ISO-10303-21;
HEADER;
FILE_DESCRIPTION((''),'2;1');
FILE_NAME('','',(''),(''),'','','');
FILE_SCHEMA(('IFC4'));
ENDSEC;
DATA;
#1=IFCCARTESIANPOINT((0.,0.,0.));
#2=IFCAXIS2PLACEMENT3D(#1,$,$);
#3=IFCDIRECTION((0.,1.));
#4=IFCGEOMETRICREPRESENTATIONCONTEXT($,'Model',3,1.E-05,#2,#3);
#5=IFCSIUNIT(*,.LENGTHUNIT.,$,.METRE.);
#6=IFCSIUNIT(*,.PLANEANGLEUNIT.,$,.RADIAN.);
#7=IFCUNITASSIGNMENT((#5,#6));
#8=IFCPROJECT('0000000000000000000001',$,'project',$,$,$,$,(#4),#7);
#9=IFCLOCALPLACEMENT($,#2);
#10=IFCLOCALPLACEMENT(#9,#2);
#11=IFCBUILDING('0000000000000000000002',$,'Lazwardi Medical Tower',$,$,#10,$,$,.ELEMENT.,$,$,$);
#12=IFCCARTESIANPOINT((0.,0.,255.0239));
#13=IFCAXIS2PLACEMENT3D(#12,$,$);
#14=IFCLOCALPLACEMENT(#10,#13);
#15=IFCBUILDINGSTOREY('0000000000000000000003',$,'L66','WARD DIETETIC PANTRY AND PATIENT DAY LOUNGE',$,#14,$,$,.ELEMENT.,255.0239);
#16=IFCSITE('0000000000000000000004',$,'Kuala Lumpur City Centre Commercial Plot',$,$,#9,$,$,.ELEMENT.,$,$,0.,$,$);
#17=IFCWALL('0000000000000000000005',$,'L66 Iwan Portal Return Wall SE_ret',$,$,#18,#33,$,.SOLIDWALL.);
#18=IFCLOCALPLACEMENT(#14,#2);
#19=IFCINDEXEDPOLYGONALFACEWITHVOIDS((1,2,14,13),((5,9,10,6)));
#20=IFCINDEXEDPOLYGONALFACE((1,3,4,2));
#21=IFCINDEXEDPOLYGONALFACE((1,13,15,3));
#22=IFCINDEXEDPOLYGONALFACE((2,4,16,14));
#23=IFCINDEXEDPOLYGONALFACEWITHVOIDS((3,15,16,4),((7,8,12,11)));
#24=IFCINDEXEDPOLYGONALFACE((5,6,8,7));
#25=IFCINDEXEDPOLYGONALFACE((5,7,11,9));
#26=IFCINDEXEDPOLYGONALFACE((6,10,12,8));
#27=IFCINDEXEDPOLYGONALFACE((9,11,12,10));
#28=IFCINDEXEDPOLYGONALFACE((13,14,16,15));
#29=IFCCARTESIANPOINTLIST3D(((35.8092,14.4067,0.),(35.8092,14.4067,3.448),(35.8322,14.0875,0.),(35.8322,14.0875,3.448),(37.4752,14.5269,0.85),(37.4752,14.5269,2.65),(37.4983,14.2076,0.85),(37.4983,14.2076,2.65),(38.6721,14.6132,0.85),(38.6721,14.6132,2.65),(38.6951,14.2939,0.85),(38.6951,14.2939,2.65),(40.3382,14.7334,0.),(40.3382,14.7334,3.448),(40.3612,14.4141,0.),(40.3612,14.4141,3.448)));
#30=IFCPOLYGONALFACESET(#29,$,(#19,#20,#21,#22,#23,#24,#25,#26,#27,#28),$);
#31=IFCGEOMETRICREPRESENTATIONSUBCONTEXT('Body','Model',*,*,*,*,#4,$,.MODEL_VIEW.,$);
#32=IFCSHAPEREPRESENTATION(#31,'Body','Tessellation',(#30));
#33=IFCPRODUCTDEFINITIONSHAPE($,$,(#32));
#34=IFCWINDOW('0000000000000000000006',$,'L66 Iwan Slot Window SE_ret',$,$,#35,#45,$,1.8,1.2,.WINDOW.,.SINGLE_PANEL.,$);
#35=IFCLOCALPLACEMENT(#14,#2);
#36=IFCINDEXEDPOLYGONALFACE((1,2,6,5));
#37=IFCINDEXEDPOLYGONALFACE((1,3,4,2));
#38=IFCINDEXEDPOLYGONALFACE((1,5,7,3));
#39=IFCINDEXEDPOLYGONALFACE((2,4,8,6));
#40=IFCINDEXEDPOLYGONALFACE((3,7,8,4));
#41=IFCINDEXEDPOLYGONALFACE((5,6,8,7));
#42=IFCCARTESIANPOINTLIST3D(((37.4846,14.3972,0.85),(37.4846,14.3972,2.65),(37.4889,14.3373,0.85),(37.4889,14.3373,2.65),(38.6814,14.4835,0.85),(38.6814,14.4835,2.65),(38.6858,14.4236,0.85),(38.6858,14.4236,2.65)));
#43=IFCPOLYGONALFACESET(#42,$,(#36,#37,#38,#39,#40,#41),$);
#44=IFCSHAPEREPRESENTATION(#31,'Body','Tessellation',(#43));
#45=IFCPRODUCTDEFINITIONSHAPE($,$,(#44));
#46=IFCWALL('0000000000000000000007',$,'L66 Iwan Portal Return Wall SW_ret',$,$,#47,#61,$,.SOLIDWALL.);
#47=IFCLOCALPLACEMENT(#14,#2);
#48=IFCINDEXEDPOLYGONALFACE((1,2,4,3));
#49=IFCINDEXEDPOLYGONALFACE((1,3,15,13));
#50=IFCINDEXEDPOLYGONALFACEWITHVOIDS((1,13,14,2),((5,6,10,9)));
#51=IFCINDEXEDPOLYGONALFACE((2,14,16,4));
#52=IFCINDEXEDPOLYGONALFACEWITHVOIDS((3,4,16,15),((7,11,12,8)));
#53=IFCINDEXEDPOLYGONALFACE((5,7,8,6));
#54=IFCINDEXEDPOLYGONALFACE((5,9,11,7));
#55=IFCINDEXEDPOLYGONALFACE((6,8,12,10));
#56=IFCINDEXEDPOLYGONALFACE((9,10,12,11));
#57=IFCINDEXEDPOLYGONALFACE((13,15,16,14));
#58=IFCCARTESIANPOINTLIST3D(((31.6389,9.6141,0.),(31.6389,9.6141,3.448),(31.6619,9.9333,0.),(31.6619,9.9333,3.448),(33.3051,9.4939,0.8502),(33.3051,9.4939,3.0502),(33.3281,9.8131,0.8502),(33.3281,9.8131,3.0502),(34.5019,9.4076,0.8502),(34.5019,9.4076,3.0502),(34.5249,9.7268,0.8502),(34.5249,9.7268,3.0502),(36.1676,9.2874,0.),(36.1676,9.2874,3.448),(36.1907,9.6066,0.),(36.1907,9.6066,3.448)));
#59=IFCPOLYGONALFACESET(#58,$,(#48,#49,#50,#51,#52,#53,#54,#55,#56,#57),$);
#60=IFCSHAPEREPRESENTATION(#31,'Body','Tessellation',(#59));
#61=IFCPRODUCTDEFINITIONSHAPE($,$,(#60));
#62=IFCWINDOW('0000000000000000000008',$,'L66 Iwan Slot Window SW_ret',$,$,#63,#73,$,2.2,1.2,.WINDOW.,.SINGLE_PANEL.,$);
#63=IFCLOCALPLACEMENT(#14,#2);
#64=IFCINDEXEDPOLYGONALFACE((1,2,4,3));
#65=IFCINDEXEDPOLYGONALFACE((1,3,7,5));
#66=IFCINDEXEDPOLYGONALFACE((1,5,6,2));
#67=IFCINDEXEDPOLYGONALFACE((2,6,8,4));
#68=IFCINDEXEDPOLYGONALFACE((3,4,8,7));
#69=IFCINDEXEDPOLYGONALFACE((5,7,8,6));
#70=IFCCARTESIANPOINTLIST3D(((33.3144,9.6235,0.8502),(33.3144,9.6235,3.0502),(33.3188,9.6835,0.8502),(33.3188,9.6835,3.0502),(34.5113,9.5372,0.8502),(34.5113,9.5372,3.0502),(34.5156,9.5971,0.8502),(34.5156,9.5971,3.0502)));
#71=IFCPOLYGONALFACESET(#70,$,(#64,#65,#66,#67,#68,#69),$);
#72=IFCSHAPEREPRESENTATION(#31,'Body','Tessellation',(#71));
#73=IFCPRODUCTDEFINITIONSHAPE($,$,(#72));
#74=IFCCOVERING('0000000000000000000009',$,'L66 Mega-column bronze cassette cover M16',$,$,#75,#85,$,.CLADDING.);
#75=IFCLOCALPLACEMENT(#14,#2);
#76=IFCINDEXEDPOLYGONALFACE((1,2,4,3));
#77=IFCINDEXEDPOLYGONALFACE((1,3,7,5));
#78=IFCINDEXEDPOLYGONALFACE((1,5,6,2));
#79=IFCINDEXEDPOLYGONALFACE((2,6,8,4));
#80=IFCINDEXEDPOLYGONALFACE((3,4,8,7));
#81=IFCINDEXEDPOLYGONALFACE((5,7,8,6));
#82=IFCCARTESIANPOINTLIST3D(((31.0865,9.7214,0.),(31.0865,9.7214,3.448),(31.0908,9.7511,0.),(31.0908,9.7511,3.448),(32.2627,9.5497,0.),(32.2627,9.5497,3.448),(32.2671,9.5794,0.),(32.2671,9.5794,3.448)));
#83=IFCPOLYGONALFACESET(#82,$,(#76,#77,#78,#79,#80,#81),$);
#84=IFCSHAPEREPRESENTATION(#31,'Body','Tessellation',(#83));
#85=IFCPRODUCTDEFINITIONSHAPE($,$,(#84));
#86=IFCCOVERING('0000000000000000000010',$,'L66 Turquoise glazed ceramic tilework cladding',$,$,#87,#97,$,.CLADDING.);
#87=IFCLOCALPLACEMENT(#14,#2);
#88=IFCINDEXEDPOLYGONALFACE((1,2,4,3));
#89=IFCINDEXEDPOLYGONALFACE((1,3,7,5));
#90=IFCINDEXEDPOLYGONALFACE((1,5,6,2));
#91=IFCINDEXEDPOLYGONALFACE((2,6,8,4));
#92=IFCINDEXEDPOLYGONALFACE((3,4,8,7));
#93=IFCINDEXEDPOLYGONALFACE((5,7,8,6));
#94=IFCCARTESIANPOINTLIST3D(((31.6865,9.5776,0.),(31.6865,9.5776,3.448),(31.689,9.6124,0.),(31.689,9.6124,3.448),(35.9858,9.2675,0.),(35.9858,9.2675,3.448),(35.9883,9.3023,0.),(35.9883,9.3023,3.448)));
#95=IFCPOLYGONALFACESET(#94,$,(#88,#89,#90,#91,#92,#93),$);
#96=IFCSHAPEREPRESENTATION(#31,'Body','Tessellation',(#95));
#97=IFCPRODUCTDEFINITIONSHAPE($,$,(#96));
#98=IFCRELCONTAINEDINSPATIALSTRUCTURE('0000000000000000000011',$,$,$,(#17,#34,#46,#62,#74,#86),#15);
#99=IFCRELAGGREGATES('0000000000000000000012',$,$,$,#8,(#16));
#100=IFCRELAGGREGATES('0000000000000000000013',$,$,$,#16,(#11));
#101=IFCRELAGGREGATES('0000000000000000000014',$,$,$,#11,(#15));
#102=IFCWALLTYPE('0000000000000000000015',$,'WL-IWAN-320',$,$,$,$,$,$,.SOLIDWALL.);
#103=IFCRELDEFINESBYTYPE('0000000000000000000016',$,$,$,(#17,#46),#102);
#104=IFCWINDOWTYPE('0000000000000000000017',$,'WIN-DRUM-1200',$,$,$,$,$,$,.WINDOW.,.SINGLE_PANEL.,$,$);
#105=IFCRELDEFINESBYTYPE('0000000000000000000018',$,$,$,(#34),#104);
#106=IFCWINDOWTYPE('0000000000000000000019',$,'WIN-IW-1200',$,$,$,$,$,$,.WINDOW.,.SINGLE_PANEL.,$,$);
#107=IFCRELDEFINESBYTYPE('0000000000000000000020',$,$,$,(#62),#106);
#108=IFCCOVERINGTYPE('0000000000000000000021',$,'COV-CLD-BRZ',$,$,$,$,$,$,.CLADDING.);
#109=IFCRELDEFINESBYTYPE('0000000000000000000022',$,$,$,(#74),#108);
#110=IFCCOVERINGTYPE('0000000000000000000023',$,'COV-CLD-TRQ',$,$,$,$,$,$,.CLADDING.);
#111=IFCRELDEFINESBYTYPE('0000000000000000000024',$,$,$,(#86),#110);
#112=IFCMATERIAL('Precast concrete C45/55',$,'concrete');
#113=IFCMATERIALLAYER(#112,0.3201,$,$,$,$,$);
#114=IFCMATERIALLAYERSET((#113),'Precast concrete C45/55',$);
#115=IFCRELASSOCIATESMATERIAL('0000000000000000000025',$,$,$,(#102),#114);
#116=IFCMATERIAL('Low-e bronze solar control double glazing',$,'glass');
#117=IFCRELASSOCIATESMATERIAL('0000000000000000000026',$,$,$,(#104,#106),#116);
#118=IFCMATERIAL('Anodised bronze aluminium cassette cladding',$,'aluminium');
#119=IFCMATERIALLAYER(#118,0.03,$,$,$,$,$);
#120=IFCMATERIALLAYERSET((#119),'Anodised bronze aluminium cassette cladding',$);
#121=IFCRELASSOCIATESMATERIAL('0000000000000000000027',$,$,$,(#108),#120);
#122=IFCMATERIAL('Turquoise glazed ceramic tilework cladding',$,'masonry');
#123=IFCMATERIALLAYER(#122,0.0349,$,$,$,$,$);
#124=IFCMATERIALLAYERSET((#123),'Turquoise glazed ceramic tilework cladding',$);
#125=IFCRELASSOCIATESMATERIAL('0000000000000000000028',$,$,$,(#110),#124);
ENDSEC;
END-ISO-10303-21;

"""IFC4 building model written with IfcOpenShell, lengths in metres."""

from ifc_helpers import new_model, si_unit, direction, frame, frame_2d, origin, origin_2d, place, context, subcontext, project, spatial, rectangle, extrude, material, layer, layer_set, type_object, element, fill, save


model = new_model("IFC4")

# Units and contexts
model_context = context("Model", 3, precision=1e-05, world=origin(), true_north=direction((0.0, 1.0)))
body_context = subcontext(model_context, "Body", "Model", "MODEL_VIEW")
ifc_project = project(units=[si_unit("LENGTHUNIT", "METRE"), si_unit("PLANEANGLEUNIT", "RADIAN")], contexts=[model_context])

# Site, building, storey
site_placement = place(None, origin())
site = spatial("IfcSite", under=ifc_project, at=site_placement, Name="Kuala Lumpur City Centre Commercial Plot", CompositionType="ELEMENT", RefElevation=0.0)
building_placement = place(site_placement, origin())
building = spatial("IfcBuilding", under=site, at=building_placement, Name="Lazwardi Medical Tower", CompositionType="ELEMENT")
storey_placement = place(building_placement, frame((0.0, 0.0, 255.0239)))
storey = spatial("IfcBuildingStorey", under=building, at=storey_placement, Name="L66", Description="WARD DIETETIC PANTRY AND PATIENT DAY LOUNGE", CompositionType="ELEMENT", Elevation=255.0239)

# Shared definitions
ifc_material_1 = material(Name="Low-e bronze solar control double glazing", Category="glass")

# Walls, openings, windows
ifc_material_2 = material(Name="Precast concrete C45/55", Category="concrete")
ifc_layer_1 = layer(ifc_material_2, 0.3201)
ifc_layer_set_1 = layer_set([ifc_layer_1], Name="Precast concrete C45/55")
wall_type_1 = type_object("IfcWallType", Name="WL-IWAN-320", PredefinedType="SOLIDWALL", material=ifc_layer_set_1)
wall_1_placement = place(storey_placement, frame((35.8206, 14.2471, 0.0), z_axis=(0.0, 0.0, 1.0), x_axis=(0.997409, 0.071939, 0.0)))
wall_1 = element("IfcWall", 1, at=wall_1_placement, inside=storey, type_object=wall_type_1, Name="L66 Iwan Portal Return Wall SE_ret", PredefinedType="SOLIDWALL", context=body_context, shape_type="SweptSolid", body=[
    extrude(rectangle(XDim=4.5408, YDim=0.3201, at=frame_2d((2.2705, 0.0))), origin(), (0.0, 0.0, 1.0), 3.448),
])
opening_1_placement = place(wall_1_placement, frame((1.6704, 0.0, 0.8501)))
opening_1 = element("IfcOpeningElement", 2, at=opening_1_placement, cuts=wall_1, PredefinedType="OPENING", context=body_context, shape_type="SweptSolid", body=[
    extrude(rectangle(XDim=1.2, YDim=1.8, at=frame_2d((0.6001, 0.8999))), frame((0.0, 0.1699, 0.0), z_axis=(0.0, -1.0, 0.0), x_axis=(1.0, 0.0, 0.0)), (0.0, 0.0, 1.0), 0.3401),
])
window_type_1 = type_object("IfcWindowType", Name="WIN-DRUM-1200", PartitioningType="SINGLE_PANEL", PredefinedType="WINDOW", material=ifc_material_1)
window_1_placement = place(opening_1_placement, origin())
window_1 = element("IfcWindow", 3, at=window_1_placement, inside=storey, type_object=window_type_1, Name="L66 Iwan Slot Window SE_ret", OverallHeight=1.8, OverallWidth=1.2, PartitioningType="SINGLE_PANEL", PredefinedType="WINDOW", context=body_context, shape_type="SweptSolid", body=[
    extrude(rectangle(XDim=1.2, YDim=1.8, at=frame_2d((0.6001, 0.8999))), frame((0.0, 0.03, 0.0), z_axis=(0.0, -1.0, 0.0), x_axis=(1.0, 0.0, 0.0)), (0.0, 0.0, 1.0), 0.0601),
])
fill(opening_1, window_1)
wall_2_placement = place(storey_placement, frame((31.6504, 9.7737, 0.0), z_axis=(0.0, 0.0, 1.0), x_axis=(0.997409, -0.071942, 0.0)))
wall_2 = element("IfcWall", 4, at=wall_2_placement, inside=storey, type_object=wall_type_1, Name="L66 Iwan Portal Return Wall SW_ret", PredefinedType="SOLIDWALL", context=body_context, shape_type="SweptSolid", body=[
    extrude(rectangle(XDim=4.5405, YDim=0.3201, at=frame_2d((2.2703, 0.0))), origin(), (0.0, 0.0, 1.0), 3.448),
])
opening_2_placement = place(wall_2_placement, frame((1.6704, 0.0, 0.8501)))
opening_2 = element("IfcOpeningElement", 5, at=opening_2_placement, cuts=wall_2, PredefinedType="OPENING", context=body_context, shape_type="SweptSolid", body=[
    extrude(rectangle(XDim=1.2, YDim=2.2, at=frame_2d((0.6001, 1.1001))), frame((0.0, 0.1699, 0.0), z_axis=(0.0, -1.0, 0.0), x_axis=(1.0, 0.0, 0.0)), (0.0, 0.0, 1.0), 0.3401),
])
window_type_2 = type_object("IfcWindowType", Name="WIN-IW-1200", PartitioningType="SINGLE_PANEL", PredefinedType="WINDOW", material=ifc_material_1)
window_2_placement = place(opening_2_placement, origin())
window_2 = element("IfcWindow", 6, at=window_2_placement, inside=storey, type_object=window_type_2, Name="L66 Iwan Slot Window SW_ret", OverallHeight=2.2, OverallWidth=1.2, PartitioningType="SINGLE_PANEL", PredefinedType="WINDOW", context=body_context, shape_type="SweptSolid", body=[
    extrude(rectangle(XDim=1.2, YDim=2.2, at=frame_2d((0.6001, 1.1001))), frame((0.0, 0.03, 0.0), z_axis=(0.0, -1.0, 0.0), x_axis=(1.0, 0.0, 0.0)), (0.0, 0.0, 1.0), 0.0601),
])
fill(opening_2, window_2)

# Coverings
ifc_material_3 = material(Name="Anodised bronze aluminium cassette cladding", Category="aluminium")
ifc_layer_2 = layer(ifc_material_3, 0.03)
ifc_layer_set_2 = layer_set([ifc_layer_2], Name="Anodised bronze aluminium cassette cladding")
covering_type_1 = type_object("IfcCoveringType", Name="COV-CLD-BRZ", PredefinedType="CLADDING", material=ifc_layer_set_2)
covering_1_placement = place(storey_placement, frame((31.6768, 9.6504, 0.0), z_axis=(0.0, 0.0, 1.0), x_axis=(0.989512, -0.144448, 0.0)))
element("IfcCovering", 7, at=covering_1_placement, inside=storey, type_object=covering_type_1, Name="L66 Mega-column bronze cassette cover M16", PredefinedType="CLADDING", context=body_context, shape_type="SweptSolid", body=[
    extrude(rectangle(XDim=1.1887, YDim=0.03, at=origin_2d()), origin(), (0.0, 0.0, 1.0), 3.448),
])
ifc_material_4 = material(Name="Turquoise glazed ceramic tilework cladding", Category="masonry")
ifc_layer_3 = layer(ifc_material_4, 0.0349)
ifc_layer_set_3 = layer_set([ifc_layer_3], Name="Turquoise glazed ceramic tilework cladding")
covering_type_2 = type_object("IfcCoveringType", Name="COV-CLD-TRQ", PredefinedType="CLADDING", material=ifc_layer_set_3)
covering_2_placement = place(storey_placement, frame((33.8374, 9.4399, 0.0), z_axis=(0.0, 0.0, 1.0), x_axis=(0.997409, -0.07194, 0.0)))
element("IfcCovering", 8, at=covering_2_placement, inside=storey, type_object=covering_type_2, Name="L66 Turquoise glazed ceramic tilework cladding", PredefinedType="CLADDING", context=body_context, shape_type="SweptSolid", body=[
    extrude(rectangle(XDim=4.3105, YDim=0.0349, at=origin_2d()), origin(), (0.0, 0.0, 1.0), 3.448),
])

save(model, "model.ifc")
